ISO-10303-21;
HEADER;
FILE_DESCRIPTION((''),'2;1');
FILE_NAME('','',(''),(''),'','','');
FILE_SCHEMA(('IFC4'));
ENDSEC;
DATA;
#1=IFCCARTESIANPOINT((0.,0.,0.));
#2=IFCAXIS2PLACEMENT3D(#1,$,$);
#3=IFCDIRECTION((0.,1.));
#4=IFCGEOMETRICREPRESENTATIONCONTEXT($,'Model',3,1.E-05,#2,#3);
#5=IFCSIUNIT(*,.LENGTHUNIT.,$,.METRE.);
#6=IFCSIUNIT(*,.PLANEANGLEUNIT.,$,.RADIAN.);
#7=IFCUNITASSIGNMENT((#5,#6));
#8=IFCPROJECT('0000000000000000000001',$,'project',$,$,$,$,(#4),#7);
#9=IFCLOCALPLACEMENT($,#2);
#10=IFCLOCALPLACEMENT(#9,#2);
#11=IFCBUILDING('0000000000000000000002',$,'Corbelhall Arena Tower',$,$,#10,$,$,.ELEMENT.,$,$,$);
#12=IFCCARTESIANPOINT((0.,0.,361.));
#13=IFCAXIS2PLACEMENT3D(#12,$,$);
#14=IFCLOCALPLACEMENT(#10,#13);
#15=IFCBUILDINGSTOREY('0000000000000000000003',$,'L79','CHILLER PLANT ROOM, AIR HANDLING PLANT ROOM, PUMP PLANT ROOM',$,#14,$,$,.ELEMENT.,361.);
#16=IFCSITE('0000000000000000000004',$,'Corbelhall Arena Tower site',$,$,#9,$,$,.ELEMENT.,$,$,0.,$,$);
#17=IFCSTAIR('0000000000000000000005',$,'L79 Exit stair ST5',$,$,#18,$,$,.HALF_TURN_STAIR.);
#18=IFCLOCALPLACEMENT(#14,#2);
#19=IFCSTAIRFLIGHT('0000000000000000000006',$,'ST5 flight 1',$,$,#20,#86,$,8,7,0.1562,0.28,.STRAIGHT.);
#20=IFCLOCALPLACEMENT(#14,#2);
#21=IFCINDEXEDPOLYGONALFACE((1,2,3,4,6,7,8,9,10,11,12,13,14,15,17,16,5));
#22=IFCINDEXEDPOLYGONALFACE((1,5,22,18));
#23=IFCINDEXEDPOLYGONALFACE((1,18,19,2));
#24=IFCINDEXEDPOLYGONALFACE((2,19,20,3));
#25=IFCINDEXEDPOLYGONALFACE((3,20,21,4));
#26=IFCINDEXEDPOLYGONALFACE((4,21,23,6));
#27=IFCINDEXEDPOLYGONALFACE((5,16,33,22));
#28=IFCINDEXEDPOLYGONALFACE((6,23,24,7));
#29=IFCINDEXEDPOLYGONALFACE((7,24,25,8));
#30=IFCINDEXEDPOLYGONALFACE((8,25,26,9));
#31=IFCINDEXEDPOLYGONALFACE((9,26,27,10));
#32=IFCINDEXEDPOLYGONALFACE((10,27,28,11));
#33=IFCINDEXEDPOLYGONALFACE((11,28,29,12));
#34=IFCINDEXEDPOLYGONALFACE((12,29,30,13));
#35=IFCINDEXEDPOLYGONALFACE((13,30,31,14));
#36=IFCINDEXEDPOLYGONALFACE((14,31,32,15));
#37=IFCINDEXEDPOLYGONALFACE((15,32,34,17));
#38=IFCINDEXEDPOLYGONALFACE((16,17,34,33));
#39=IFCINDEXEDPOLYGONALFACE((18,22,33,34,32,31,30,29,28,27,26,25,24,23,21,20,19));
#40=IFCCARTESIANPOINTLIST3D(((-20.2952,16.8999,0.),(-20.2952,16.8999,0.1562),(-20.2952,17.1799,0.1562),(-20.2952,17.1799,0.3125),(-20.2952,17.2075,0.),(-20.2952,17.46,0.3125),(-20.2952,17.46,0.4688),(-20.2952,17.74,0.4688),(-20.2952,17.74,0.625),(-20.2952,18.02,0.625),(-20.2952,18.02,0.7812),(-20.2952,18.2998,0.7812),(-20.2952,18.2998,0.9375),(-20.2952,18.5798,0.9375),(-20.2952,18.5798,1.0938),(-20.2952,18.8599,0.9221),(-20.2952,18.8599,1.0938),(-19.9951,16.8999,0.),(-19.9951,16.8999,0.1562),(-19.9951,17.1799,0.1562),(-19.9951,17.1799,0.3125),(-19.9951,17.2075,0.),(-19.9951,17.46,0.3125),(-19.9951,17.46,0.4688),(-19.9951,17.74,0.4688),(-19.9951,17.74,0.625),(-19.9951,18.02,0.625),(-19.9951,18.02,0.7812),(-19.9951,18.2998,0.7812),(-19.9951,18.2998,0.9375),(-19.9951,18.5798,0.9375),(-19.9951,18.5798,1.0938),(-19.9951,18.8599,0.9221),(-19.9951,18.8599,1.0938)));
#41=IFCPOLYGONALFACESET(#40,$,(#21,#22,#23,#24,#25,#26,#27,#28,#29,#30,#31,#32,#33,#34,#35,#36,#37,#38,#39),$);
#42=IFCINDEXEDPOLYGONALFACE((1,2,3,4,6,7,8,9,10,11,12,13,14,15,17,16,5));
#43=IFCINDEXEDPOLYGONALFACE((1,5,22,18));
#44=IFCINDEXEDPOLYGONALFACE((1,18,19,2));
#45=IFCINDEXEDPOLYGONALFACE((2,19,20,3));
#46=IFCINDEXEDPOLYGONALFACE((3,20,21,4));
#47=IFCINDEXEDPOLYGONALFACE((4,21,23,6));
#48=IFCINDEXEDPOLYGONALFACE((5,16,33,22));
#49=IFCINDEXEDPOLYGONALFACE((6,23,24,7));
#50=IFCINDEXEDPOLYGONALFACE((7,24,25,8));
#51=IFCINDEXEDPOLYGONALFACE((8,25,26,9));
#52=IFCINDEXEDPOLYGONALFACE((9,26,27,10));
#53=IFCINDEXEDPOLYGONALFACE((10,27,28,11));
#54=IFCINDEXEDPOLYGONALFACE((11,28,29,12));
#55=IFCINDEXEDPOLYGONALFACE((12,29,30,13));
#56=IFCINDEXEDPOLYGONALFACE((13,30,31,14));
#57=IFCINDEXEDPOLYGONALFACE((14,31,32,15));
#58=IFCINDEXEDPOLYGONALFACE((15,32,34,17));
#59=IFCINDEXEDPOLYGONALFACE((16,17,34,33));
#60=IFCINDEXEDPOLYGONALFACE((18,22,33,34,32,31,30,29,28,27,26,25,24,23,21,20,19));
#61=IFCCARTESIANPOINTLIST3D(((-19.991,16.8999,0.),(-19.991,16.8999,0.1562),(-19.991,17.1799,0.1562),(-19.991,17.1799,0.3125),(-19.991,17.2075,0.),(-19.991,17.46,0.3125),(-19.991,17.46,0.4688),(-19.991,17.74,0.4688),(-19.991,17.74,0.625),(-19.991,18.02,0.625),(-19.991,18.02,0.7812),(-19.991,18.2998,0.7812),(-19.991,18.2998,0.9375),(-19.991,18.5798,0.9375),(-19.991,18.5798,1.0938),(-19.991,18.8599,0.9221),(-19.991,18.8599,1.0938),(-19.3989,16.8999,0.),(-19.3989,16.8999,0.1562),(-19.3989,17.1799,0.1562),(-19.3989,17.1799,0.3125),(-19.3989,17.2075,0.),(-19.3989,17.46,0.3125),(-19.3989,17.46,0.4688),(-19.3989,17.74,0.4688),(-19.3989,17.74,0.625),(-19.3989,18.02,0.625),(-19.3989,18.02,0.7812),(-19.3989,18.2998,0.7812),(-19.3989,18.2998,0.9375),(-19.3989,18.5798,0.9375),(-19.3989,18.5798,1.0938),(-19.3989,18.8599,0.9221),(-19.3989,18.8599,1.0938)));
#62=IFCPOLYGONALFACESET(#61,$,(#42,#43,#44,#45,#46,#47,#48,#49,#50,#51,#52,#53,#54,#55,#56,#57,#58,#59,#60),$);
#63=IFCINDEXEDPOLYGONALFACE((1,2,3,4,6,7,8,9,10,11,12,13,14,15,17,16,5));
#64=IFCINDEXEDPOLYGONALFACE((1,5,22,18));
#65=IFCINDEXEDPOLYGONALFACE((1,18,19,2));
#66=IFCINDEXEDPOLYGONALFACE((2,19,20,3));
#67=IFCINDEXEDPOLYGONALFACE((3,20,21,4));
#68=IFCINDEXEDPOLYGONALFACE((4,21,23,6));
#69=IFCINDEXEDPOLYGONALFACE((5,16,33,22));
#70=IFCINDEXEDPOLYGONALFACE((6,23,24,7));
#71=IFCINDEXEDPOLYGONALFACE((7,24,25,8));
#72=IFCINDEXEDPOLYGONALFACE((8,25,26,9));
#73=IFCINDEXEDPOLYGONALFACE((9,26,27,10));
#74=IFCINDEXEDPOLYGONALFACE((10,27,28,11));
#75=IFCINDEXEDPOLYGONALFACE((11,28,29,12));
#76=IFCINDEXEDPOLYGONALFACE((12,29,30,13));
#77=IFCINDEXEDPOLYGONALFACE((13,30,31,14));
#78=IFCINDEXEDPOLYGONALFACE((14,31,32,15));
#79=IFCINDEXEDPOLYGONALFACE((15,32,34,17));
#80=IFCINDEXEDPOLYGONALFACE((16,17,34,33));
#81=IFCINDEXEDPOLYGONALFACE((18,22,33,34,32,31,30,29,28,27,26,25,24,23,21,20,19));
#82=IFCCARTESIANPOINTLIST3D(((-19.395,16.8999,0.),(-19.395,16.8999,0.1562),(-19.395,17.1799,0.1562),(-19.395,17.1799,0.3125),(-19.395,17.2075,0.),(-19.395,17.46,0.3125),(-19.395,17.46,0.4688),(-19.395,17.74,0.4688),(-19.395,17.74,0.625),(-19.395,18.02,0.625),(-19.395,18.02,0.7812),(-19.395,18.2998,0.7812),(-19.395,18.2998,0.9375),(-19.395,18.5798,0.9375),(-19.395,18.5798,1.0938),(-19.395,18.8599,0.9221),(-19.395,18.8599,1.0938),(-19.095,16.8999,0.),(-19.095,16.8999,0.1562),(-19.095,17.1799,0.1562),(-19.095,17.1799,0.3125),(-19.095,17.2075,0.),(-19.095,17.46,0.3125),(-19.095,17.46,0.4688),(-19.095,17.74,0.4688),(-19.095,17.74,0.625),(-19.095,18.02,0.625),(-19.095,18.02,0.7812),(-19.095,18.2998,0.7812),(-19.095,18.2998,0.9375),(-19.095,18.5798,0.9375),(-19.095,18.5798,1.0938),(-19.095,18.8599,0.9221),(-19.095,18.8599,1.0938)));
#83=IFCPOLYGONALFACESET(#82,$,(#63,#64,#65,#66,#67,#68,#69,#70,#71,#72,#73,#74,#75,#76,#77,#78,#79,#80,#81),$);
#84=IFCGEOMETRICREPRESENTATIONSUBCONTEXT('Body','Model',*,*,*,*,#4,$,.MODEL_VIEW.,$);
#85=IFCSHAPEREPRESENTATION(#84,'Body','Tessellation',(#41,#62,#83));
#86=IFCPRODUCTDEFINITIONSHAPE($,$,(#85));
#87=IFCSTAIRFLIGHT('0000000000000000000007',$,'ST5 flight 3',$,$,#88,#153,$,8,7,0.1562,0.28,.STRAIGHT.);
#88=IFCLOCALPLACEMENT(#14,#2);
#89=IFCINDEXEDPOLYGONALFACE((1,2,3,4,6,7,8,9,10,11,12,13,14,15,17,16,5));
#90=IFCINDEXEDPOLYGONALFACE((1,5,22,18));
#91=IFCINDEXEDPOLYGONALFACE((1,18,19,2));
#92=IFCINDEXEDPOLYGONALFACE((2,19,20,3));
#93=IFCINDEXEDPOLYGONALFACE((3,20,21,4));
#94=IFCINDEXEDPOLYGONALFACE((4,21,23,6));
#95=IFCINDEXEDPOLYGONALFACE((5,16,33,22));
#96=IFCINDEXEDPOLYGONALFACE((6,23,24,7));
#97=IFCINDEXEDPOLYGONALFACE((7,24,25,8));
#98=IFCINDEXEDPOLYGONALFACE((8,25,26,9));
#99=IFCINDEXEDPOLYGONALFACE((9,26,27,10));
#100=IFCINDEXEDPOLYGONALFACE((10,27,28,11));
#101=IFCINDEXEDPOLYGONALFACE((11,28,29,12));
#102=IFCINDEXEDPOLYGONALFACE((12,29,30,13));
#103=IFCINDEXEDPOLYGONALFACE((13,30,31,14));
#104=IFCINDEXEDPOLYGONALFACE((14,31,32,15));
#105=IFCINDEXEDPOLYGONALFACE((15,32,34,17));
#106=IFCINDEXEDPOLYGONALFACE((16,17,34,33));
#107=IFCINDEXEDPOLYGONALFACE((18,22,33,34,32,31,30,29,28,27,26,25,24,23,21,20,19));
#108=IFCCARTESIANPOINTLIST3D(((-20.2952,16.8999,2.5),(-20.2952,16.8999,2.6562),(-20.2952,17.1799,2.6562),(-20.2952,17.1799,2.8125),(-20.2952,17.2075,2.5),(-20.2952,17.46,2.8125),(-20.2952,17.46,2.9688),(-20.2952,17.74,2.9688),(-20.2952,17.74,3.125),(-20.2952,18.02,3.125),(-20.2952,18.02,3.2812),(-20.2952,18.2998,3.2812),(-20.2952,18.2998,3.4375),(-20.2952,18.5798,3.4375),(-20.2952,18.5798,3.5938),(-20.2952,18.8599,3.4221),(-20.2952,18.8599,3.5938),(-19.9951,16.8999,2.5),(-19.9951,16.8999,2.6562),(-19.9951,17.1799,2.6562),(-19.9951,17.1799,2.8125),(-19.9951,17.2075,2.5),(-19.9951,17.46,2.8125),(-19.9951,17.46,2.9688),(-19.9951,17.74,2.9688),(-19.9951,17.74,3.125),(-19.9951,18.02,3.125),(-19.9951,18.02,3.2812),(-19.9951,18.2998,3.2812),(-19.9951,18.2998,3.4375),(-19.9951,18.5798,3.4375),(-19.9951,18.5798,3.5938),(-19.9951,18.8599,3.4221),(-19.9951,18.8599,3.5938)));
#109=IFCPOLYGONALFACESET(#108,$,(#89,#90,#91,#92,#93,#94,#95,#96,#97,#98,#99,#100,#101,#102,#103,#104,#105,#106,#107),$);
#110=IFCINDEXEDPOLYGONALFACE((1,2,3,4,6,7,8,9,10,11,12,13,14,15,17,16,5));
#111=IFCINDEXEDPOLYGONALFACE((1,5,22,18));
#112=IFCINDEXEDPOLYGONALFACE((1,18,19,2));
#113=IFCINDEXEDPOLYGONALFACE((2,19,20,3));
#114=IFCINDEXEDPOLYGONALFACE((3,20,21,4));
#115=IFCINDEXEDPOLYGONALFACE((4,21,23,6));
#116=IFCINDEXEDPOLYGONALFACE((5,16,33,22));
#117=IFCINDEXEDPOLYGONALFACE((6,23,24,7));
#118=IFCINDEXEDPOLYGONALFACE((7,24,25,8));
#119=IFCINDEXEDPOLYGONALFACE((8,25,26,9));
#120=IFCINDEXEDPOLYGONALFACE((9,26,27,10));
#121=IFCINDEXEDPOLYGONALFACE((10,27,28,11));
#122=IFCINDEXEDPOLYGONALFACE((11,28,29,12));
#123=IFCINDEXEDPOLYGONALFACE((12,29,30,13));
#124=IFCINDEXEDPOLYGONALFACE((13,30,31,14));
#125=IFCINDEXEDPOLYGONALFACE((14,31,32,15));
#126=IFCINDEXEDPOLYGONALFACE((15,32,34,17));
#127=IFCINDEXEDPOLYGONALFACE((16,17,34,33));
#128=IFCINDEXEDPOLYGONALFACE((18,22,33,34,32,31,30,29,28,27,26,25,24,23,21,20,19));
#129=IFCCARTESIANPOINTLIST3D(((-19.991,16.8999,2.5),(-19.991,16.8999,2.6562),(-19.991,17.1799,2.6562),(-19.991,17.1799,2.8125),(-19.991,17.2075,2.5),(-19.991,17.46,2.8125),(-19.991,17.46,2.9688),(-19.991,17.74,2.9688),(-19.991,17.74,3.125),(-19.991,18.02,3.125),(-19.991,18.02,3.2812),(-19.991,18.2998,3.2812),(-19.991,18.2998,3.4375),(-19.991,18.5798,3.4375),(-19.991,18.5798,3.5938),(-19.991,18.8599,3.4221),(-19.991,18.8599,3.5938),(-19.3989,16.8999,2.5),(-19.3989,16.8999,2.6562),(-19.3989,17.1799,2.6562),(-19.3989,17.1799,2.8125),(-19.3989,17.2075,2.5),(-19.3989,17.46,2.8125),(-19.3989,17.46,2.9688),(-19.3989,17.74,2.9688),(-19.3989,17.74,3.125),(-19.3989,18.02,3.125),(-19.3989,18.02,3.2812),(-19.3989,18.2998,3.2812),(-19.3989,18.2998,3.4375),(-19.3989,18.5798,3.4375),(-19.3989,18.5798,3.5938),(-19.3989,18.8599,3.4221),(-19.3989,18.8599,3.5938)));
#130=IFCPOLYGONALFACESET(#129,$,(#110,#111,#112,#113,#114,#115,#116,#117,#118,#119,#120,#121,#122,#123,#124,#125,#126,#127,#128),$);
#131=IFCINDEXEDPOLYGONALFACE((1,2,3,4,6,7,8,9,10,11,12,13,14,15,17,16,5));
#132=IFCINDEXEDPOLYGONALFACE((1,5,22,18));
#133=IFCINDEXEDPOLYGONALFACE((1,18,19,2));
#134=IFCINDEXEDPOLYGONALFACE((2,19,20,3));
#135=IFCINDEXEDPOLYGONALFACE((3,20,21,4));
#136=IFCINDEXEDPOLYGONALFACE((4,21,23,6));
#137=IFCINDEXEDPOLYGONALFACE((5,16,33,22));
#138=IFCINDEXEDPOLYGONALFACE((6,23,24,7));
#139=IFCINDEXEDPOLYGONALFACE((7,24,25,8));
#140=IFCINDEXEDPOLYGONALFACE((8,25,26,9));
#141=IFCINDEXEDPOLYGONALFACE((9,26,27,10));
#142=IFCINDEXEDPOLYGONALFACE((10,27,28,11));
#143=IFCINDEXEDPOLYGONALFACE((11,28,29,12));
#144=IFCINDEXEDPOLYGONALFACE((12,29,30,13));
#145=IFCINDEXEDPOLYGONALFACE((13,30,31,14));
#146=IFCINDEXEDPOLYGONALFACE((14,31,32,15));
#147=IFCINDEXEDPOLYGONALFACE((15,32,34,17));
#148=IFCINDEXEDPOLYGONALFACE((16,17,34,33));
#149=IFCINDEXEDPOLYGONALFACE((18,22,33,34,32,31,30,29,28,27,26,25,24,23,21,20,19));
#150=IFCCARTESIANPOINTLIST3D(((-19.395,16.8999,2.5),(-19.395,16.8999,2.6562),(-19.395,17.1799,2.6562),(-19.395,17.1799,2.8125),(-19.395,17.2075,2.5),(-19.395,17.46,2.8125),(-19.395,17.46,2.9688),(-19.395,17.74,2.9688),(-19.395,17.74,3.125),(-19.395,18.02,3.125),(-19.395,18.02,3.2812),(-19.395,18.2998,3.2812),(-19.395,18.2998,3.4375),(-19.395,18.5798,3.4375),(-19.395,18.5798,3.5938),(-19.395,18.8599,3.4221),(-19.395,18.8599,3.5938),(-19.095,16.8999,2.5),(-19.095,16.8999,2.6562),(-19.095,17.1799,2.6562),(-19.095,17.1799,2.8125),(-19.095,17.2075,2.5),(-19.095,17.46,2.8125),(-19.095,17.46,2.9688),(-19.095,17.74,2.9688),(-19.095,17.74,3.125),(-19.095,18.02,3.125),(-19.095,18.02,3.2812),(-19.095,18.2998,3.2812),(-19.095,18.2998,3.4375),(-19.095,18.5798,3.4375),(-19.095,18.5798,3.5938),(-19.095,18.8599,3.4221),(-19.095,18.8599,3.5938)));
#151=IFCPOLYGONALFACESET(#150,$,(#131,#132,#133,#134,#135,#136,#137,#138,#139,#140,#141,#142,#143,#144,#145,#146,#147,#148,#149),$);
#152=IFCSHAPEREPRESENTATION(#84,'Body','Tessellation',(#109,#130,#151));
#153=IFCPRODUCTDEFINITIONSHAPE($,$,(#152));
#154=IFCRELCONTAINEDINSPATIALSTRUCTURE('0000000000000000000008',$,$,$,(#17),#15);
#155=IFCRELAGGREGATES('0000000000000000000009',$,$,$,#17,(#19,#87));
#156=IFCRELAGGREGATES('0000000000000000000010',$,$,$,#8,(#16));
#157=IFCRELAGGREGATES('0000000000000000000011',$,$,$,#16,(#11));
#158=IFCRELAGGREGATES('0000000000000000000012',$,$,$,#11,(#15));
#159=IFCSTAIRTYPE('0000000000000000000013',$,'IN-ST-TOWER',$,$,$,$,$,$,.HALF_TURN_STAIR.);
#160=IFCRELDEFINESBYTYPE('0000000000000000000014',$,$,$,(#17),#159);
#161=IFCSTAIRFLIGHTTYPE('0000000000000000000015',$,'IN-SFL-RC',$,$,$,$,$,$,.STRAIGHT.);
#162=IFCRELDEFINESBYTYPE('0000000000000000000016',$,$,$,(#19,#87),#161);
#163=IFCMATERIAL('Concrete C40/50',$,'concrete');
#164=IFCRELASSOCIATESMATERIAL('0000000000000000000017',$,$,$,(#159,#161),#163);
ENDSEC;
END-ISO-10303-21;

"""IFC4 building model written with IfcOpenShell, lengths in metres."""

from ifc_helpers import new_model, si_unit, direction, frame, origin, place, context, subcontext, project, spatial, polyline, outline, extrude, material, type_object, element, aggregate, save


model = new_model("IFC4")

# Units and contexts
model_context = context("Model", 3, precision=1e-05, world=origin(), true_north=direction((0.0, 1.0)))
body_context = subcontext(model_context, "Body", "Model", "MODEL_VIEW")
ifc_project = project(units=[si_unit("LENGTHUNIT", "METRE"), si_unit("PLANEANGLEUNIT", "RADIAN")], contexts=[model_context])

# Site, building, storey
site_placement = place(None, origin())
site = spatial("IfcSite", under=ifc_project, at=site_placement, Name="Corbelhall Arena Tower site", CompositionType="ELEMENT", RefElevation=0.0)
building_placement = place(site_placement, origin())
building = spatial("IfcBuilding", under=site, at=building_placement, Name="Corbelhall Arena Tower", CompositionType="ELEMENT")
storey_placement = place(building_placement, frame((0.0, 0.0, 361.0)))
storey = spatial("IfcBuildingStorey", under=building, at=storey_placement, Name="L79", Description="CHILLER PLANT ROOM, AIR HANDLING PLANT ROOM, PUMP PLANT ROOM", CompositionType="ELEMENT", Elevation=361.0)

# Shared definitions
ifc_material_1 = material(Name="Concrete C40/50", Category="concrete")

# Stair, stair flights
stair_type = type_object("IfcStairType", Name="IN-ST-TOWER", PredefinedType="HALF_TURN_STAIR", material=ifc_material_1)
stair_placement = place(storey_placement, origin())
stair = element("IfcStair", 1, at=stair_placement, inside=storey, type_object=stair_type, Name="L79 Exit stair ST5", PredefinedType="HALF_TURN_STAIR")
stair_flight_type = type_object("IfcStairFlightType", Name="IN-SFL-RC", PredefinedType="STRAIGHT", material=ifc_material_1)
stair_flight_1_placement = place(storey_placement, frame((-19.6951, 16.8999, 0.0), z_axis=(0.0, 0.0, 1.0), x_axis=(0.0, 1.0, 0.0)))
stair_flight_1 = element("IfcStairFlight", 2, at=stair_flight_1_placement, type_object=stair_flight_type, Name="ST5 flight 1", NumberOfRisers=8, NumberOfTreads=7, PredefinedType="STRAIGHT", RiserHeight=0.1562, TreadLength=0.28, context=body_context, shape_type="SweptSolid", body=[
    extrude(outline(polyline([(0.0, 0.0), (0.0, 0.1562), (0.28, 0.1562), (0.28, 0.3125), (0.5601, 0.3125), (0.5601, 0.4688), (0.8401, 0.4688), (0.8401, 0.625), (1.1201, 0.625), (1.1201, 0.7812), (1.3999, 0.7812), (1.3999, 0.9375), (1.6799, 0.9375), (1.6799, 1.0938), (1.96, 1.0938), (1.96, 1.25), (1.96, 0.9221), (0.3076, 0.0), (0.0, 0.0)])), frame((0.0, 0.6001, 0.0), z_axis=(0.0, -1.0, 0.0), x_axis=(1.0, 0.0, 0.0)), (0.0, 0.0, 1.0), 0.3),
    extrude(outline(polyline([(0.0, 0.0), (0.0, 0.1562), (0.28, 0.1562), (0.28, 0.3125), (0.5601, 0.3125), (0.5601, 0.4688), (0.8401, 0.4688), (0.8401, 0.625), (1.1201, 0.625), (1.1201, 0.7812), (1.3999, 0.7812), (1.3999, 0.9375), (1.6799, 0.9375), (1.6799, 1.0938), (1.96, 1.0938), (1.96, 1.25), (1.96, 0.9221), (0.3076, 0.0), (0.0, 0.0)])), frame((0.0, 0.2959, 0.0), z_axis=(0.0, -1.0, 0.0), x_axis=(1.0, 0.0, 0.0)), (0.0, 0.0, 1.0), 0.592),
    extrude(outline(polyline([(0.0, 0.0), (0.0, 0.1562), (0.28, 0.1562), (0.28, 0.3125), (0.5601, 0.3125), (0.5601, 0.4688), (0.8401, 0.4688), (0.8401, 0.625), (1.1201, 0.625), (1.1201, 0.7812), (1.3999, 0.7812), (1.3999, 0.9375), (1.6799, 0.9375), (1.6799, 1.0938), (1.96, 1.0938), (1.96, 1.25), (1.96, 0.9221), (0.3076, 0.0), (0.0, 0.0)])), frame((0.0, -0.3, 0.0), z_axis=(0.0, -1.0, 0.0), x_axis=(1.0, 0.0, 0.0)), (0.0, 0.0, 1.0), 0.3),
])
stair_flight_2_placement = place(storey_placement, frame((-19.6951, 16.8999, 2.5), z_axis=(0.0, 0.0, 1.0), x_axis=(0.0, 1.0, 0.0)))
stair_flight_2 = element("IfcStairFlight", 3, at=stair_flight_2_placement, type_object=stair_flight_type, Name="ST5 flight 3", NumberOfRisers=8, NumberOfTreads=7, PredefinedType="STRAIGHT", RiserHeight=0.1562, TreadLength=0.28, context=body_context, shape_type="SweptSolid", body=[
    extrude(outline(polyline([(0.0, 0.0), (0.0, 0.1562), (0.28, 0.1562), (0.28, 0.3125), (0.5601, 0.3125), (0.5601, 0.4688), (0.8401, 0.4688), (0.8401, 0.625), (1.1201, 0.625), (1.1201, 0.7812), (1.3999, 0.7812), (1.3999, 0.9375), (1.6799, 0.9375), (1.6799, 1.0938), (1.96, 1.0938), (1.96, 1.25), (1.96, 0.9221), (0.3076, 0.0), (0.0, 0.0)])), frame((0.0, 0.6001, 0.0), z_axis=(0.0, -1.0, 0.0), x_axis=(1.0, 0.0, 0.0)), (0.0, 0.0, 1.0), 0.3),
    extrude(outline(polyline([(0.0, 0.0), (0.0, 0.1562), (0.28, 0.1562), (0.28, 0.3125), (0.5601, 0.3125), (0.5601, 0.4688), (0.8401, 0.4688), (0.8401, 0.625), (1.1201, 0.625), (1.1201, 0.7812), (1.3999, 0.7812), (1.3999, 0.9375), (1.6799, 0.9375), (1.6799, 1.0938), (1.96, 1.0938), (1.96, 1.25), (1.96, 0.9221), (0.3076, 0.0), (0.0, 0.0)])), frame((0.0, 0.2959, 0.0), z_axis=(0.0, -1.0, 0.0), x_axis=(1.0, 0.0, 0.0)), (0.0, 0.0, 1.0), 0.592),
    extrude(outline(polyline([(0.0, 0.0), (0.0, 0.1562), (0.28, 0.1562), (0.28, 0.3125), (0.5601, 0.3125), (0.5601, 0.4688), (0.8401, 0.4688), (0.8401, 0.625), (1.1201, 0.625), (1.1201, 0.7812), (1.3999, 0.7812), (1.3999, 0.9375), (1.6799, 0.9375), (1.6799, 1.0938), (1.96, 1.0938), (1.96, 1.25), (1.96, 0.9221), (0.3076, 0.0), (0.0, 0.0)])), frame((0.0, -0.3, 0.0), z_axis=(0.0, -1.0, 0.0), x_axis=(1.0, 0.0, 0.0)), (0.0, 0.0, 1.0), 0.3),
])
aggregate(stair, [stair_flight_1, stair_flight_2])

save(model, "model.ifc")
